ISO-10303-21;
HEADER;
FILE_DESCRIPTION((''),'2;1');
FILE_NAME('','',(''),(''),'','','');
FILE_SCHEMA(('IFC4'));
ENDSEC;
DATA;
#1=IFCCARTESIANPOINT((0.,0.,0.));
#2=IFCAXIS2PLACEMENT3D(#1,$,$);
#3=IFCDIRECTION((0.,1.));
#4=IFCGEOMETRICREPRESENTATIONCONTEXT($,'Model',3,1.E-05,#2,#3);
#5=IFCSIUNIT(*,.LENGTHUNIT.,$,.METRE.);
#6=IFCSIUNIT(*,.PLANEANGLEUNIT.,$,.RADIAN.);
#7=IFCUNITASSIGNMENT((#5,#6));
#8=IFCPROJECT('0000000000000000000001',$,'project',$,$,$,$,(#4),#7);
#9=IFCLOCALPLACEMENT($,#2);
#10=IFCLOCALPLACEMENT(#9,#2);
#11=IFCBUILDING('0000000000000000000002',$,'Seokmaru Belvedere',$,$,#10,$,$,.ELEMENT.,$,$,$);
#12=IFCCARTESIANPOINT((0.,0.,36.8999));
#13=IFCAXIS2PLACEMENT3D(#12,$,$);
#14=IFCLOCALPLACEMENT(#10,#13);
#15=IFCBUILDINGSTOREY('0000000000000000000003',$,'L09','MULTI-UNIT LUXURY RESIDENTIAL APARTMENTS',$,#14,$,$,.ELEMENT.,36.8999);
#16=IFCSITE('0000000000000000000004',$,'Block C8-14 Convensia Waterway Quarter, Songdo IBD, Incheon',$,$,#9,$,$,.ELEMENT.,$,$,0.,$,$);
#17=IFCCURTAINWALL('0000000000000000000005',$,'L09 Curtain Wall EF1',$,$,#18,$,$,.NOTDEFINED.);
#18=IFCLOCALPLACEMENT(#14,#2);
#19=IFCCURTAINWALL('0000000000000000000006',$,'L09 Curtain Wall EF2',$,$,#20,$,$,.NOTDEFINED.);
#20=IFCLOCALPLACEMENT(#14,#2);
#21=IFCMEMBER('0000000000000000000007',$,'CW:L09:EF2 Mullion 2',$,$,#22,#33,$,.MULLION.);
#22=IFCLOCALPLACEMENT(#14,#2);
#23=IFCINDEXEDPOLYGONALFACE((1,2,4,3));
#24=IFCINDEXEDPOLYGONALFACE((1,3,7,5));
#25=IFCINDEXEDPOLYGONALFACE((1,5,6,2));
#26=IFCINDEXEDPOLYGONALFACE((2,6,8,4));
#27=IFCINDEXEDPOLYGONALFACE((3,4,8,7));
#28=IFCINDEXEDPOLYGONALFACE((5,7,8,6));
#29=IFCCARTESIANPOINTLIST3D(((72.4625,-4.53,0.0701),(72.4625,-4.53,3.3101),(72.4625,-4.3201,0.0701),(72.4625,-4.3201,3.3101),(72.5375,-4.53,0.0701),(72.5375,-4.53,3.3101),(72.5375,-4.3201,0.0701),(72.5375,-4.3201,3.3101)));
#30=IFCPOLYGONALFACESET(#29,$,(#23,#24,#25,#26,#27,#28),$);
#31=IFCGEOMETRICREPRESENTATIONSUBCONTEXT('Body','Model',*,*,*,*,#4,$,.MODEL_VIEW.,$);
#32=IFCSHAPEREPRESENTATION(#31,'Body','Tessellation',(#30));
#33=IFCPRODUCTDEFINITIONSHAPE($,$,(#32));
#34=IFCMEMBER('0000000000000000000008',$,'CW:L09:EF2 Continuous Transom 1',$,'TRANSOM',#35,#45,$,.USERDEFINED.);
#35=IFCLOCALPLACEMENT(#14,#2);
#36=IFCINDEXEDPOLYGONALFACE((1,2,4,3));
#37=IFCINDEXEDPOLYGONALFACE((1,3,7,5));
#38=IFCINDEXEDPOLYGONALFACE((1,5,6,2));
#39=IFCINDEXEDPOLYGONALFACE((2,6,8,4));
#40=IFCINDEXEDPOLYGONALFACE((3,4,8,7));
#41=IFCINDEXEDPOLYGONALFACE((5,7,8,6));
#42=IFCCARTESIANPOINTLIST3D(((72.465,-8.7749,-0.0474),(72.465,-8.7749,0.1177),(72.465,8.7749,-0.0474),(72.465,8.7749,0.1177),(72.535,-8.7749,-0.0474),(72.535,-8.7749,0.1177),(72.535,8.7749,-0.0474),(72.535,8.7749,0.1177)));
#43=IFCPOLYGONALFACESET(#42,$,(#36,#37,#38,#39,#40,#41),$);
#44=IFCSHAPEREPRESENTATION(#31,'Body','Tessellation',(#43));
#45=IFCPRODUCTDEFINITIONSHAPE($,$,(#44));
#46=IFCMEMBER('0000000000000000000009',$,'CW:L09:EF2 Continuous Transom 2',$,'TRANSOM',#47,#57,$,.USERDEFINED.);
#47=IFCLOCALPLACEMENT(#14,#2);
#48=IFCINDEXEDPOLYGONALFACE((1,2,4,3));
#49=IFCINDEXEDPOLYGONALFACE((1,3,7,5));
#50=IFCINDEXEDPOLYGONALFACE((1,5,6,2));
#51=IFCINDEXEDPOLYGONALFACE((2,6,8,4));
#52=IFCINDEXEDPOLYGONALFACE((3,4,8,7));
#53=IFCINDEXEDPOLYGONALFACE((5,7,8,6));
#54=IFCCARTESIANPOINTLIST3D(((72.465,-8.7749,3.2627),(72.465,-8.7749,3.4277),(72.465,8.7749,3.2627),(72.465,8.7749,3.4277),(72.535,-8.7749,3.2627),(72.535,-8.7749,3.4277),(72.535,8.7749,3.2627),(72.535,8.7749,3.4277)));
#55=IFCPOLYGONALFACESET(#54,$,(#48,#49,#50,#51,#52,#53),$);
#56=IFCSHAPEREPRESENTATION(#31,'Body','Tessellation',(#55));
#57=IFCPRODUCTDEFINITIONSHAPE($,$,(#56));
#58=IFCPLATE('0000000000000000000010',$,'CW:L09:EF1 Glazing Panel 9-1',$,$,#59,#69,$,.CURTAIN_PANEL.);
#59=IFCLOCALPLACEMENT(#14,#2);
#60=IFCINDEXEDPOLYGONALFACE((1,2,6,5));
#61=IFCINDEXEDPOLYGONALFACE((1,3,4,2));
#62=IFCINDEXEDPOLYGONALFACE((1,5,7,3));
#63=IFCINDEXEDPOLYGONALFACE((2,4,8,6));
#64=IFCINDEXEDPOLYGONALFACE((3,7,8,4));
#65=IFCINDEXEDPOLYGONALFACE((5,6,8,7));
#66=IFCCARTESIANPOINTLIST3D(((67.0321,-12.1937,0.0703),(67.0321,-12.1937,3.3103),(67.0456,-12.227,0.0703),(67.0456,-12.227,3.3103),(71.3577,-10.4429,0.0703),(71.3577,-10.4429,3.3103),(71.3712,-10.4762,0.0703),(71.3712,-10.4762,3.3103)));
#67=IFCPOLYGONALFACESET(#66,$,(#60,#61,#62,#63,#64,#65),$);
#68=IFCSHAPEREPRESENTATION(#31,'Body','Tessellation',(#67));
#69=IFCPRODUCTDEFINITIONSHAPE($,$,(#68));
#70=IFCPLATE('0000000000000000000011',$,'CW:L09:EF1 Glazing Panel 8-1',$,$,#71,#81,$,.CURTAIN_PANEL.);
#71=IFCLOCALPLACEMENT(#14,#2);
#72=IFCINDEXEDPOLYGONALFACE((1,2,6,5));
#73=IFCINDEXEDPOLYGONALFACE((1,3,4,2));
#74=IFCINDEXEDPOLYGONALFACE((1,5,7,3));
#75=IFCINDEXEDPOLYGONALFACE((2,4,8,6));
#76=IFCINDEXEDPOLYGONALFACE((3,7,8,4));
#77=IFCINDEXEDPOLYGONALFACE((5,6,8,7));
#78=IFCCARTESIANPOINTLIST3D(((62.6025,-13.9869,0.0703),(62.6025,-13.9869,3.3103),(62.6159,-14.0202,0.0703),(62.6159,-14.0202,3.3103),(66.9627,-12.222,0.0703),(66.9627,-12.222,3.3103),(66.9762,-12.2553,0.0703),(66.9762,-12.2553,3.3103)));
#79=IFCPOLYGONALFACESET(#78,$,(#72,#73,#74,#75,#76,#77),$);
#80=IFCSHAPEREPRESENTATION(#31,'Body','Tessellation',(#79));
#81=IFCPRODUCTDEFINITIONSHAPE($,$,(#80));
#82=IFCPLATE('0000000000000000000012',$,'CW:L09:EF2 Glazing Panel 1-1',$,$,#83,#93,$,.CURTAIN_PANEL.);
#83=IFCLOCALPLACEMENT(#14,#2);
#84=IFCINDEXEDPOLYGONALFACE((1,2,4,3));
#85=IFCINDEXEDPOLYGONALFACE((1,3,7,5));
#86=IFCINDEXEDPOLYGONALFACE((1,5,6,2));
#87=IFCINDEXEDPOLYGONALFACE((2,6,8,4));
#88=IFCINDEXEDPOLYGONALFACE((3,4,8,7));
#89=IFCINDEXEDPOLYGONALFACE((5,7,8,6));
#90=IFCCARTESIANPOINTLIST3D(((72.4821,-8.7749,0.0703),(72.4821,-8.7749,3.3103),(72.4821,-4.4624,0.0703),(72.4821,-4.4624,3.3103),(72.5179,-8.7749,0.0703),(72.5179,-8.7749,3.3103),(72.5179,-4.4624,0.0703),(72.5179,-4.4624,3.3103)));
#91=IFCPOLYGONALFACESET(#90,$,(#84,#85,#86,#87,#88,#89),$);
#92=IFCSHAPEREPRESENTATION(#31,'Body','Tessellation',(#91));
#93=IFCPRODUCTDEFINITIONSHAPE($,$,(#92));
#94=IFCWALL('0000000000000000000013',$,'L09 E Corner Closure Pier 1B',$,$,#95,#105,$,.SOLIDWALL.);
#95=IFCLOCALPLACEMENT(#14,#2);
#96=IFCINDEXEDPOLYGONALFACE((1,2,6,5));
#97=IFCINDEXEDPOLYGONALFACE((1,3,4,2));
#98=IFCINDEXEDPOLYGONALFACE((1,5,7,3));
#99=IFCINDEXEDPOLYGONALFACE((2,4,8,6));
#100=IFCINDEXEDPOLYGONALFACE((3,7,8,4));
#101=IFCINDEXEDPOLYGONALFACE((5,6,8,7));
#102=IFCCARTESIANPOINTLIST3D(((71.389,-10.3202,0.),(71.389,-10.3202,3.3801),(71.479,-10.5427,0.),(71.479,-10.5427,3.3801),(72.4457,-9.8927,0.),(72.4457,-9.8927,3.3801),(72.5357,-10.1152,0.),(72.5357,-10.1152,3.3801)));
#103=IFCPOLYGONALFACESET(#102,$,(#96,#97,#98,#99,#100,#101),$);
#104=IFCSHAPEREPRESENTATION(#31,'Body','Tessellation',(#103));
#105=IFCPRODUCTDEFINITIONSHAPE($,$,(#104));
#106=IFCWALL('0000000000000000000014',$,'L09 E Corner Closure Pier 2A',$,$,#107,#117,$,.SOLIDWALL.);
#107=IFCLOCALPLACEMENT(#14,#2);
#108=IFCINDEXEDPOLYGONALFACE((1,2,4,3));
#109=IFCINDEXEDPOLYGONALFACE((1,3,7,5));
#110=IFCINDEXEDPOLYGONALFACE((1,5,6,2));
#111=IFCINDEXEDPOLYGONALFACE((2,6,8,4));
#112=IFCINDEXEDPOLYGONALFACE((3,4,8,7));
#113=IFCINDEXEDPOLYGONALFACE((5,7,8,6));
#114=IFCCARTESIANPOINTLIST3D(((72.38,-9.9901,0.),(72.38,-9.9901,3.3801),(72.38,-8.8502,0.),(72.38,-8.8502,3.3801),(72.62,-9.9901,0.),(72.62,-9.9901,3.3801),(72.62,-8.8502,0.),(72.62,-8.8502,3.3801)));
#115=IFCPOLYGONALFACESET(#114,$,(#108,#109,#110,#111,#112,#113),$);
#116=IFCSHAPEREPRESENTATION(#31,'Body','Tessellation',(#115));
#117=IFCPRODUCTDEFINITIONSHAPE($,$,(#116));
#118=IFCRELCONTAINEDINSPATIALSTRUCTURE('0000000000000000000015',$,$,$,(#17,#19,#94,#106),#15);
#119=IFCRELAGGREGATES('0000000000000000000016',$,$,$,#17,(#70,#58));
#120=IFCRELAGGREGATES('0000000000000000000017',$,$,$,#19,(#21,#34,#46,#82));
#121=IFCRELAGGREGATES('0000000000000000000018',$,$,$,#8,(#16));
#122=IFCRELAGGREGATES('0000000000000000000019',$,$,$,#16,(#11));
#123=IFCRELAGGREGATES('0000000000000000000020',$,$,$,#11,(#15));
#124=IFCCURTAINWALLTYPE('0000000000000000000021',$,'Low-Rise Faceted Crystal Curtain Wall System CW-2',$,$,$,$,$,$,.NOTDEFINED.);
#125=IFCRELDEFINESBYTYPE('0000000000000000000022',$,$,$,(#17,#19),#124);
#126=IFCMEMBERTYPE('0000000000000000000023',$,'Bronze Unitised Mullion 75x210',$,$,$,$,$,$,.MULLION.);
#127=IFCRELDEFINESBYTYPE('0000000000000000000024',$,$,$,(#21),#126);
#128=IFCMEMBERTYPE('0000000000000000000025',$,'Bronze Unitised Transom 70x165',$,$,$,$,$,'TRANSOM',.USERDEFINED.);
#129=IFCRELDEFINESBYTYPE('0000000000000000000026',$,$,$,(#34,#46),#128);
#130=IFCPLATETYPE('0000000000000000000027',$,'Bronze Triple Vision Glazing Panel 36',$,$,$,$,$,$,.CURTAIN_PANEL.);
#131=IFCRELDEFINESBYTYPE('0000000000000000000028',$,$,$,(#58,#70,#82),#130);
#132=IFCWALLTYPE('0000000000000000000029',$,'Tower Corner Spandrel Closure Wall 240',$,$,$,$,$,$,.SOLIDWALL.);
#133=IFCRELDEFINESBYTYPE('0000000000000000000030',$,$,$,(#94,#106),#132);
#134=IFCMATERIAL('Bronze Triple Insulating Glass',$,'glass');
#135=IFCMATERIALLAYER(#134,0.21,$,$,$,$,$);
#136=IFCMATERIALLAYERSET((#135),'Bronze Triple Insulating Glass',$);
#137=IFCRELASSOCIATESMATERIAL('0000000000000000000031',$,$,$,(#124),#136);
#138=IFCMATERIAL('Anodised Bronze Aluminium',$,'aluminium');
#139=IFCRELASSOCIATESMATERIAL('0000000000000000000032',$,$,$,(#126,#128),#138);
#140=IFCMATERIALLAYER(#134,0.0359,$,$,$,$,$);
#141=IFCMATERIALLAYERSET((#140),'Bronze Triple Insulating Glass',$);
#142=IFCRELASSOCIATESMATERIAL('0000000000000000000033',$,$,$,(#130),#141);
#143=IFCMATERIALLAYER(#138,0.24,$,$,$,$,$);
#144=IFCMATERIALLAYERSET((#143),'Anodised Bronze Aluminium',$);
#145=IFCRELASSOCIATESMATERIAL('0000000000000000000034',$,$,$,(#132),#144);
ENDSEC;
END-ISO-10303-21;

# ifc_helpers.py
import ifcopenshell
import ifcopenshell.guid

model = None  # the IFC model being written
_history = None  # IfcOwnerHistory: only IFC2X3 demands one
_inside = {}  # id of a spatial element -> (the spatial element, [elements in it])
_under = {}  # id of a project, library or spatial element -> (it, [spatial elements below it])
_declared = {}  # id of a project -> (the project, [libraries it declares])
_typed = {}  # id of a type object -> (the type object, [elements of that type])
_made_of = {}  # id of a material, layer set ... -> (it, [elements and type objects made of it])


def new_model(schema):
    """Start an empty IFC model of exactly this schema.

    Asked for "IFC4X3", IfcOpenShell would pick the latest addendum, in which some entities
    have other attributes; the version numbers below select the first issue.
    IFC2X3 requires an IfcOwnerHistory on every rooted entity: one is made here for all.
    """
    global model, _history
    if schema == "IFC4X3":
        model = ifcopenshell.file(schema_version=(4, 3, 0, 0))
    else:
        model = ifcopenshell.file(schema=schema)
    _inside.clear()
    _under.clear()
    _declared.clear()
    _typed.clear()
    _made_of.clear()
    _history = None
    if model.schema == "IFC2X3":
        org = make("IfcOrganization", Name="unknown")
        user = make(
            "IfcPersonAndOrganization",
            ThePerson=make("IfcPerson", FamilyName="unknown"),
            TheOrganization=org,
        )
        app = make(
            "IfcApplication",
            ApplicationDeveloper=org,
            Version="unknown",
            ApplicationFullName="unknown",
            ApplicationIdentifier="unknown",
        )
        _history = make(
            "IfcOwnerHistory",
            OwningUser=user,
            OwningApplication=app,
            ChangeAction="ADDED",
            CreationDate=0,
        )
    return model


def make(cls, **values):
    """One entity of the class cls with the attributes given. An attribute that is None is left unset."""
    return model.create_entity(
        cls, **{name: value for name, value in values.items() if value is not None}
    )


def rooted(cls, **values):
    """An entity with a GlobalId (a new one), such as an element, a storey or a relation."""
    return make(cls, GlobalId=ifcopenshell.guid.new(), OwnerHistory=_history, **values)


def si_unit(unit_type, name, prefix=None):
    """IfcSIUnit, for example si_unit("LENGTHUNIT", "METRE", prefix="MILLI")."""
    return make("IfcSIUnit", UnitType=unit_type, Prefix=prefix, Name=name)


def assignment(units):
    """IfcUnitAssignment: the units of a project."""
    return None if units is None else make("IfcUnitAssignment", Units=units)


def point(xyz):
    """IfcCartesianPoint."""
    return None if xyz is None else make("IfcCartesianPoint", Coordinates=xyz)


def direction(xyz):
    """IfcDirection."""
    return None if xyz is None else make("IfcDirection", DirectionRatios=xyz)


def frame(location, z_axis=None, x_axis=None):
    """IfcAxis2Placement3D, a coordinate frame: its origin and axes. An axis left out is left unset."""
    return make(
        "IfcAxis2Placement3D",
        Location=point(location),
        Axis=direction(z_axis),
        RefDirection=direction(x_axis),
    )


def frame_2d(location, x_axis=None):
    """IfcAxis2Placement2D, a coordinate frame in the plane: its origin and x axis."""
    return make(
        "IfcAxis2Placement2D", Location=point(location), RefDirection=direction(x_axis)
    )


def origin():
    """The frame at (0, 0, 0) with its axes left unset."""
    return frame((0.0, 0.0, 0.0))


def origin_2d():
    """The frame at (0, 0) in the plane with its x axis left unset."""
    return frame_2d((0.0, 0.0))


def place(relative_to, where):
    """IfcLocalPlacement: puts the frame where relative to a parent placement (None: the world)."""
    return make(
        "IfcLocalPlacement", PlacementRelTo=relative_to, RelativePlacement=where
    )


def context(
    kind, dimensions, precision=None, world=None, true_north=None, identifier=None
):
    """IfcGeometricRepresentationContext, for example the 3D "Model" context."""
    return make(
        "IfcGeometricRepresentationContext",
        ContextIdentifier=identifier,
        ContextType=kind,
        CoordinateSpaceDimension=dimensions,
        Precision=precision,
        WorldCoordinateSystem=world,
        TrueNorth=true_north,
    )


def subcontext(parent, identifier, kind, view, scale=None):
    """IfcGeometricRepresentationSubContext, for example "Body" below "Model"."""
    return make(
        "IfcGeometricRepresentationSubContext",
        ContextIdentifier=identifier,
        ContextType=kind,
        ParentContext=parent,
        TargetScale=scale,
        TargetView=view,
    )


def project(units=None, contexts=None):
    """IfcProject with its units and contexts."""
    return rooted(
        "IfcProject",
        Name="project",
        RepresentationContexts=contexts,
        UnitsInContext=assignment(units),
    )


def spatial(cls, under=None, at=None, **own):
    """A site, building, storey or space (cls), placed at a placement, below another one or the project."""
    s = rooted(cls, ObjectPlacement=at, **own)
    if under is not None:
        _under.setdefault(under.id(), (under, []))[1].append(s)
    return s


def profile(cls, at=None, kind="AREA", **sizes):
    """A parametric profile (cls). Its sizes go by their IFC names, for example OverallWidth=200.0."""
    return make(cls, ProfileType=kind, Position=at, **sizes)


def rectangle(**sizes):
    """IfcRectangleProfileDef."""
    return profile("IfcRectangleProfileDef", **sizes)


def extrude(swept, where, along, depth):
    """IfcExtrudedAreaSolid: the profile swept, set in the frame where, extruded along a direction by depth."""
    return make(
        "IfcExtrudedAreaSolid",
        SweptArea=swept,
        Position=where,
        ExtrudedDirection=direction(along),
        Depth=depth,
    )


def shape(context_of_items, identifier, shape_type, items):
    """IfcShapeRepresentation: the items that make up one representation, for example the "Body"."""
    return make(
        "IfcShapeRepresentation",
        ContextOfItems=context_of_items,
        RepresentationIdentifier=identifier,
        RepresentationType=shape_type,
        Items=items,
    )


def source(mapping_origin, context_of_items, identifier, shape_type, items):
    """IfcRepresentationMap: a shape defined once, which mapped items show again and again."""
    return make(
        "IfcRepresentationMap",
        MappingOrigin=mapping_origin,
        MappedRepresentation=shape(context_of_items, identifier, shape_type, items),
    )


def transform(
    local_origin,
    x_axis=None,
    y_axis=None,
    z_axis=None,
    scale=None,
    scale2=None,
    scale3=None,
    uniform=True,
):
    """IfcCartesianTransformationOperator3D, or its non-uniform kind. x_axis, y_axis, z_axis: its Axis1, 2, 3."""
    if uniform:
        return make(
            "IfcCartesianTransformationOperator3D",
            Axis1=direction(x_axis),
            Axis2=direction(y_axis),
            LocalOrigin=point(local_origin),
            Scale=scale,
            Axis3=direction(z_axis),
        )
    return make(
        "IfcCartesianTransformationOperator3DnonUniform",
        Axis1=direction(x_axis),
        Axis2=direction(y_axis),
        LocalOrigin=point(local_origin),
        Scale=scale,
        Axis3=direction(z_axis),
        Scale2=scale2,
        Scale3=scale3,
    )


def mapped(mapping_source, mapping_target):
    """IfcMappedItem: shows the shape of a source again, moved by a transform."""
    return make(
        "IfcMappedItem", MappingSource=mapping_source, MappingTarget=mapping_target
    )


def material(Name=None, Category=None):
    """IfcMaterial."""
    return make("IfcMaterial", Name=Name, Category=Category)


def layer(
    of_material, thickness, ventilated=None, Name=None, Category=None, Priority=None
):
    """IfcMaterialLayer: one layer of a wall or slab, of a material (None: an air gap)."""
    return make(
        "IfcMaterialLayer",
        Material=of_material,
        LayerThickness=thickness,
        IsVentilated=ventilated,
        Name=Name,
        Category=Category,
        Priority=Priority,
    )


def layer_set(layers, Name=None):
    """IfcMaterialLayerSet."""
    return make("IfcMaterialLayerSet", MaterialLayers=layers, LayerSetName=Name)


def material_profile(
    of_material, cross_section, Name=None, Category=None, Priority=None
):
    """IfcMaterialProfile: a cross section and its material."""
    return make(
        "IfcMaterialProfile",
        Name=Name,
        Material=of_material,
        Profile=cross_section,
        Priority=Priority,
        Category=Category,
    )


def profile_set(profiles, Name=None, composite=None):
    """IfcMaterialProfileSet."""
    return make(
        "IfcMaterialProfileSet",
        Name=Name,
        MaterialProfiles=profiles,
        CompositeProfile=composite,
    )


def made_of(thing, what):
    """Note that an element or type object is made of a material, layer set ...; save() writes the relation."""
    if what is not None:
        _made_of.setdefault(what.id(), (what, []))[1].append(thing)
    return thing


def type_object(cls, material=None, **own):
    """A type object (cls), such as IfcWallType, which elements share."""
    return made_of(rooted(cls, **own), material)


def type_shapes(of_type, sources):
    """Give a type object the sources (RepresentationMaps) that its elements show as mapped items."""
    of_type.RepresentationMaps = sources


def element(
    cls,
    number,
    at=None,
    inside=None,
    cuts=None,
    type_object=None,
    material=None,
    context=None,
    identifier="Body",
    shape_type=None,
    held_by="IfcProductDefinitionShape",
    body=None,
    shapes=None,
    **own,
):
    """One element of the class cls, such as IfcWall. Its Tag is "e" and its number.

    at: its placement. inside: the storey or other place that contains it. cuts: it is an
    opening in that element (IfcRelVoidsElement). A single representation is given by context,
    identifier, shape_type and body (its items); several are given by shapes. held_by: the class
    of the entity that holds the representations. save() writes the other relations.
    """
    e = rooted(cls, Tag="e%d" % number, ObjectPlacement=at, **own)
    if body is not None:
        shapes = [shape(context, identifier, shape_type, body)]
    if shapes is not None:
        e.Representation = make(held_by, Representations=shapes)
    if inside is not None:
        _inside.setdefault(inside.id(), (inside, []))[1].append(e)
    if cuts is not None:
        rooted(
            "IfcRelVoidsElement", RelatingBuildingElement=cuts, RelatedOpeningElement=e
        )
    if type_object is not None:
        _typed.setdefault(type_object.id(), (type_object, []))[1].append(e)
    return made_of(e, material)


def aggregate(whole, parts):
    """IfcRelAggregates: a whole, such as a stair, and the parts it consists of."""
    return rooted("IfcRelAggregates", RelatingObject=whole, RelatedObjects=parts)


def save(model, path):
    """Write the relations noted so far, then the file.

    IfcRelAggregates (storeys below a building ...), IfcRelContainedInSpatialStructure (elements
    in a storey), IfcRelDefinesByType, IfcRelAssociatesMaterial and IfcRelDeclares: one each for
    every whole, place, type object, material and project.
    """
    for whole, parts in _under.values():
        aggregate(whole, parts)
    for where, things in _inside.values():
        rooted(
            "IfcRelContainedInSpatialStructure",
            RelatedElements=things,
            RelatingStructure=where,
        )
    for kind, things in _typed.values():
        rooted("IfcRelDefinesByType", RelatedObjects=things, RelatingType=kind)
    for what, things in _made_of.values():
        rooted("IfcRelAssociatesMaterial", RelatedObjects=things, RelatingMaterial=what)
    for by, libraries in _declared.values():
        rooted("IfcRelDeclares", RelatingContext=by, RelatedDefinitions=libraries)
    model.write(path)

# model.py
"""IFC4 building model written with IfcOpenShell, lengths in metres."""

from ifc_helpers import new_model, si_unit, direction, frame, frame_2d, origin, origin_2d, place, context, subcontext, project, spatial, rectangle, extrude, source, transform, mapped, material, layer, layer_set, material_profile, profile_set, type_object, type_shapes, element, aggregate, save


model = new_model("IFC4")

# Units and contexts
model_context = context("Model", 3, precision=1e-05, world=origin(), true_north=direction((0.0, 1.0)))
body_context = subcontext(model_context, "Body", "Model", "MODEL_VIEW")
ifc_project = project(units=[si_unit("LENGTHUNIT", "METRE"), si_unit("PLANEANGLEUNIT", "RADIAN")], contexts=[model_context])

# Site, building, storey
site_placement = place(None, origin())
site = spatial("IfcSite", under=ifc_project, at=site_placement, Name="Block C8-14 Convensia Waterway Quarter, Songdo IBD, Incheon", CompositionType="ELEMENT", RefElevation=0.0)
building_placement = place(site_placement, origin())
building = spatial("IfcBuilding", under=site, at=building_placement, Name="Seokmaru Belvedere", CompositionType="ELEMENT")
storey_placement = place(building_placement, frame((0.0, 0.0, 36.8999)))
storey = spatial("IfcBuildingStorey", under=building, at=storey_placement, Name="L09", Description="MULTI-UNIT LUXURY RESIDENTIAL APARTMENTS", CompositionType="ELEMENT", Elevation=36.8999)

# Curtain walls
ifc_material_1 = material(Name="Bronze Triple Insulating Glass", Category="glass")
ifc_layer_1 = layer(ifc_material_1, 0.21)
ifc_layer_set_1 = layer_set([ifc_layer_1], Name="Bronze Triple Insulating Glass")
curtain_wall_type = type_object("IfcCurtainWallType", Name="Low-Rise Faceted Crystal Curtain Wall System CW-2", PredefinedType="NOTDEFINED", material=ifc_layer_set_1)
curtain_wall_1_placement = place(storey_placement, origin())
curtain_wall_1 = element("IfcCurtainWall", 1, at=curtain_wall_1_placement, inside=storey, type_object=curtain_wall_type, Name="L09 Curtain Wall EF1", PredefinedType="NOTDEFINED")
ifc_material_2 = material(Name="Anodised Bronze Aluminium", Category="aluminium")
ifc_material_profile_1 = material_profile(ifc_material_2, rectangle(XDim=0.075, YDim=0.21, at=origin_2d()), Name="CW-M-75x210")
ifc_profile_set_1 = profile_set([ifc_material_profile_1], Name="Anodised Bronze Aluminium")
member_type_1 = type_object("IfcMemberType", Name="Bronze Unitised Mullion 75x210", PredefinedType="MULLION", material=ifc_profile_set_1)
curtain_wall_2_placement = place(storey_placement, origin())
curtain_wall_2 = element("IfcCurtainWall", 2, at=curtain_wall_2_placement, inside=storey, type_object=curtain_wall_type, Name="L09 Curtain Wall EF2", PredefinedType="NOTDEFINED")

# Members
shared_shape_1 = source(origin(), body_context, "Body", "SweptSolid", [
    extrude(rectangle(XDim=0.075, YDim=0.21, at=origin_2d()), origin(), (0.0, 0.0, 1.0), 3.24),
])
member_1_placement = place(storey_placement, frame((72.5, -4.425, 0.0701), z_axis=(0.0, 0.0, 1.0), x_axis=(-1.0, 0.0, 0.0)))
member_1 = element("IfcMember", 3, at=member_1_placement, type_object=member_type_1, Name="CW:L09:EF2 Mullion 2", PredefinedType="MULLION", context=body_context, shape_type="MappedRepresentation", body=[
    mapped(shared_shape_1, transform((0.0, 0.0, 0.0), scale=1.0)),
])
ifc_material_profile_2 = material_profile(ifc_material_2, rectangle(XDim=0.0701, YDim=0.165, at=origin_2d()), Name="CW-T-70x165")
ifc_profile_set_2 = profile_set([ifc_material_profile_2], Name="Anodised Bronze Aluminium")
member_type_2 = type_object("IfcMemberType", Name="Bronze Unitised Transom 70x165", ElementType="TRANSOM", PredefinedType="USERDEFINED", material=ifc_profile_set_2)
shared_shape_2 = source(origin(), body_context, "Body", "SweptSolid", [
    extrude(rectangle(XDim=0.0701, YDim=0.165, at=origin_2d()), origin(), (0.0, 0.0, 1.0), 17.5498),
])
type_shapes(member_type_2, [shared_shape_2])
member_2_placement = place(storey_placement, frame((72.5, -8.7749, 0.0352), z_axis=(0.0, 1.0, 0.0), x_axis=(-1.0, 0.0, 0.0)))
member_2 = element("IfcMember", 4, at=member_2_placement, type_object=member_type_2, Name="CW:L09:EF2 Continuous Transom 1", ObjectType="TRANSOM", PredefinedType="USERDEFINED", context=body_context, shape_type="MappedRepresentation", body=[
    mapped(shared_shape_2, transform((0.0, 0.0, 0.0), scale=1.0)),
])
member_3_placement = place(storey_placement, frame((72.5, -8.7749, 3.3452), z_axis=(0.0, 1.0, 0.0), x_axis=(-1.0, 0.0, 0.0)))
member_3 = element("IfcMember", 5, at=member_3_placement, type_object=member_type_2, Name="CW:L09:EF2 Continuous Transom 2", ObjectType="TRANSOM", PredefinedType="USERDEFINED", context=body_context, shape_type="MappedRepresentation", body=[
    mapped(shared_shape_2, transform((0.0, 0.0, 0.0), scale=1.0)),
])

# Plates
ifc_layer_2 = layer(ifc_material_1, 0.0359)
ifc_layer_set_2 = layer_set([ifc_layer_2], Name="Bronze Triple Insulating Glass")
plate_type = type_object("IfcPlateType", Name="Bronze Triple Vision Glazing Panel 36", PredefinedType="CURTAIN_PANEL", material=ifc_layer_set_2)
shared_shape_3 = source(origin(), body_context, "Body", "SweptSolid", [
    extrude(rectangle(XDim=4.6665, YDim=0.0359, at=origin_2d()), origin(), (0.0, 0.0, 1.0), 3.24),
])
plate_1_placement = place(storey_placement, frame((69.2017, -11.335, 0.0703), z_axis=(0.0, 0.0, 1.0), x_axis=(0.926947, 0.375192, 0.0)))
plate_1 = element("IfcPlate", 6, at=plate_1_placement, type_object=plate_type, Name="CW:L09:EF1 Glazing Panel 9-1", PredefinedType="CURTAIN_PANEL", context=body_context, shape_type="MappedRepresentation", body=[
    mapped(shared_shape_3, transform((0.0, 0.0, 0.0), scale=1.0)),
])
shared_shape_4 = source(origin(), body_context, "Body", "SweptSolid", [
    extrude(rectangle(XDim=4.7039, YDim=0.0359, at=origin_2d()), origin(), (0.0, 0.0, 1.0), 3.24),
])
plate_2_placement = place(storey_placement, frame((64.7893, -13.1211, 0.0703), z_axis=(0.0, 0.0, 1.0), x_axis=(0.926947, 0.375192, 0.0)))
plate_2 = element("IfcPlate", 7, at=plate_2_placement, type_object=plate_type, Name="CW:L09:EF1 Glazing Panel 8-1", PredefinedType="CURTAIN_PANEL", context=body_context, shape_type="MappedRepresentation", body=[
    mapped(shared_shape_4, transform((0.0, 0.0, 0.0), scale=1.0)),
])
aggregate(curtain_wall_1, [plate_2, plate_1])
shared_shape_5 = source(origin(), body_context, "Body", "SweptSolid", [
    extrude(rectangle(XDim=4.3125, YDim=0.0359, at=origin_2d()), origin(), (0.0, 0.0, 1.0), 3.24),
])
type_shapes(plate_type, [shared_shape_3, shared_shape_4, shared_shape_5])
plate_3_placement = place(storey_placement, frame((72.5, -6.6187, 0.0703), z_axis=(0.0, 0.0, 1.0), x_axis=(0.0, 1.0, 0.0)))
plate_3 = element("IfcPlate", 8, at=plate_3_placement, type_object=plate_type, Name="CW:L09:EF2 Glazing Panel 1-1", PredefinedType="CURTAIN_PANEL", context=body_context, shape_type="MappedRepresentation", body=[
    mapped(shared_shape_5, transform((0.0, 0.0, 0.0), scale=1.0)),
])
aggregate(curtain_wall_2, [member_1, member_2, member_3, plate_3])

# Walls
ifc_layer_3 = layer(ifc_material_2, 0.24)
ifc_layer_set_3 = layer_set([ifc_layer_3], Name="Anodised Bronze Aluminium")
wall_type = type_object("IfcWallType", Name="Tower Corner Spandrel Closure Wall 240", PredefinedType="SOLIDWALL", material=ifc_layer_set_3)
for number, where, z_axis, x_axis, name in (
    (9, (71.4341, -10.4314, 0.0), (0.0, 0.0, 1.0), (0.927007, 0.375044, 0.0), "L09 E Corner Closure Pier 1B"),
    (10, (72.5, -9.99, 0.0), (0.0, 0.0, 1.0), (0.0, 1.0, 0.0), "L09 E Corner Closure Pier 2A"),
):
    element("IfcWall", number, at=place(storey_placement, frame(where, z_axis=z_axis, x_axis=x_axis)), inside=storey, type_object=wall_type, Name=name, PredefinedType="SOLIDWALL", context=body_context, shape_type="SweptSolid", body=[
        extrude(rectangle(XDim=1.1399, YDim=0.24, at=frame_2d((0.5698, 0.0))), origin(), (0.0, 0.0, 1.0), 3.3801),
    ])

save(model, "model.ifc")
